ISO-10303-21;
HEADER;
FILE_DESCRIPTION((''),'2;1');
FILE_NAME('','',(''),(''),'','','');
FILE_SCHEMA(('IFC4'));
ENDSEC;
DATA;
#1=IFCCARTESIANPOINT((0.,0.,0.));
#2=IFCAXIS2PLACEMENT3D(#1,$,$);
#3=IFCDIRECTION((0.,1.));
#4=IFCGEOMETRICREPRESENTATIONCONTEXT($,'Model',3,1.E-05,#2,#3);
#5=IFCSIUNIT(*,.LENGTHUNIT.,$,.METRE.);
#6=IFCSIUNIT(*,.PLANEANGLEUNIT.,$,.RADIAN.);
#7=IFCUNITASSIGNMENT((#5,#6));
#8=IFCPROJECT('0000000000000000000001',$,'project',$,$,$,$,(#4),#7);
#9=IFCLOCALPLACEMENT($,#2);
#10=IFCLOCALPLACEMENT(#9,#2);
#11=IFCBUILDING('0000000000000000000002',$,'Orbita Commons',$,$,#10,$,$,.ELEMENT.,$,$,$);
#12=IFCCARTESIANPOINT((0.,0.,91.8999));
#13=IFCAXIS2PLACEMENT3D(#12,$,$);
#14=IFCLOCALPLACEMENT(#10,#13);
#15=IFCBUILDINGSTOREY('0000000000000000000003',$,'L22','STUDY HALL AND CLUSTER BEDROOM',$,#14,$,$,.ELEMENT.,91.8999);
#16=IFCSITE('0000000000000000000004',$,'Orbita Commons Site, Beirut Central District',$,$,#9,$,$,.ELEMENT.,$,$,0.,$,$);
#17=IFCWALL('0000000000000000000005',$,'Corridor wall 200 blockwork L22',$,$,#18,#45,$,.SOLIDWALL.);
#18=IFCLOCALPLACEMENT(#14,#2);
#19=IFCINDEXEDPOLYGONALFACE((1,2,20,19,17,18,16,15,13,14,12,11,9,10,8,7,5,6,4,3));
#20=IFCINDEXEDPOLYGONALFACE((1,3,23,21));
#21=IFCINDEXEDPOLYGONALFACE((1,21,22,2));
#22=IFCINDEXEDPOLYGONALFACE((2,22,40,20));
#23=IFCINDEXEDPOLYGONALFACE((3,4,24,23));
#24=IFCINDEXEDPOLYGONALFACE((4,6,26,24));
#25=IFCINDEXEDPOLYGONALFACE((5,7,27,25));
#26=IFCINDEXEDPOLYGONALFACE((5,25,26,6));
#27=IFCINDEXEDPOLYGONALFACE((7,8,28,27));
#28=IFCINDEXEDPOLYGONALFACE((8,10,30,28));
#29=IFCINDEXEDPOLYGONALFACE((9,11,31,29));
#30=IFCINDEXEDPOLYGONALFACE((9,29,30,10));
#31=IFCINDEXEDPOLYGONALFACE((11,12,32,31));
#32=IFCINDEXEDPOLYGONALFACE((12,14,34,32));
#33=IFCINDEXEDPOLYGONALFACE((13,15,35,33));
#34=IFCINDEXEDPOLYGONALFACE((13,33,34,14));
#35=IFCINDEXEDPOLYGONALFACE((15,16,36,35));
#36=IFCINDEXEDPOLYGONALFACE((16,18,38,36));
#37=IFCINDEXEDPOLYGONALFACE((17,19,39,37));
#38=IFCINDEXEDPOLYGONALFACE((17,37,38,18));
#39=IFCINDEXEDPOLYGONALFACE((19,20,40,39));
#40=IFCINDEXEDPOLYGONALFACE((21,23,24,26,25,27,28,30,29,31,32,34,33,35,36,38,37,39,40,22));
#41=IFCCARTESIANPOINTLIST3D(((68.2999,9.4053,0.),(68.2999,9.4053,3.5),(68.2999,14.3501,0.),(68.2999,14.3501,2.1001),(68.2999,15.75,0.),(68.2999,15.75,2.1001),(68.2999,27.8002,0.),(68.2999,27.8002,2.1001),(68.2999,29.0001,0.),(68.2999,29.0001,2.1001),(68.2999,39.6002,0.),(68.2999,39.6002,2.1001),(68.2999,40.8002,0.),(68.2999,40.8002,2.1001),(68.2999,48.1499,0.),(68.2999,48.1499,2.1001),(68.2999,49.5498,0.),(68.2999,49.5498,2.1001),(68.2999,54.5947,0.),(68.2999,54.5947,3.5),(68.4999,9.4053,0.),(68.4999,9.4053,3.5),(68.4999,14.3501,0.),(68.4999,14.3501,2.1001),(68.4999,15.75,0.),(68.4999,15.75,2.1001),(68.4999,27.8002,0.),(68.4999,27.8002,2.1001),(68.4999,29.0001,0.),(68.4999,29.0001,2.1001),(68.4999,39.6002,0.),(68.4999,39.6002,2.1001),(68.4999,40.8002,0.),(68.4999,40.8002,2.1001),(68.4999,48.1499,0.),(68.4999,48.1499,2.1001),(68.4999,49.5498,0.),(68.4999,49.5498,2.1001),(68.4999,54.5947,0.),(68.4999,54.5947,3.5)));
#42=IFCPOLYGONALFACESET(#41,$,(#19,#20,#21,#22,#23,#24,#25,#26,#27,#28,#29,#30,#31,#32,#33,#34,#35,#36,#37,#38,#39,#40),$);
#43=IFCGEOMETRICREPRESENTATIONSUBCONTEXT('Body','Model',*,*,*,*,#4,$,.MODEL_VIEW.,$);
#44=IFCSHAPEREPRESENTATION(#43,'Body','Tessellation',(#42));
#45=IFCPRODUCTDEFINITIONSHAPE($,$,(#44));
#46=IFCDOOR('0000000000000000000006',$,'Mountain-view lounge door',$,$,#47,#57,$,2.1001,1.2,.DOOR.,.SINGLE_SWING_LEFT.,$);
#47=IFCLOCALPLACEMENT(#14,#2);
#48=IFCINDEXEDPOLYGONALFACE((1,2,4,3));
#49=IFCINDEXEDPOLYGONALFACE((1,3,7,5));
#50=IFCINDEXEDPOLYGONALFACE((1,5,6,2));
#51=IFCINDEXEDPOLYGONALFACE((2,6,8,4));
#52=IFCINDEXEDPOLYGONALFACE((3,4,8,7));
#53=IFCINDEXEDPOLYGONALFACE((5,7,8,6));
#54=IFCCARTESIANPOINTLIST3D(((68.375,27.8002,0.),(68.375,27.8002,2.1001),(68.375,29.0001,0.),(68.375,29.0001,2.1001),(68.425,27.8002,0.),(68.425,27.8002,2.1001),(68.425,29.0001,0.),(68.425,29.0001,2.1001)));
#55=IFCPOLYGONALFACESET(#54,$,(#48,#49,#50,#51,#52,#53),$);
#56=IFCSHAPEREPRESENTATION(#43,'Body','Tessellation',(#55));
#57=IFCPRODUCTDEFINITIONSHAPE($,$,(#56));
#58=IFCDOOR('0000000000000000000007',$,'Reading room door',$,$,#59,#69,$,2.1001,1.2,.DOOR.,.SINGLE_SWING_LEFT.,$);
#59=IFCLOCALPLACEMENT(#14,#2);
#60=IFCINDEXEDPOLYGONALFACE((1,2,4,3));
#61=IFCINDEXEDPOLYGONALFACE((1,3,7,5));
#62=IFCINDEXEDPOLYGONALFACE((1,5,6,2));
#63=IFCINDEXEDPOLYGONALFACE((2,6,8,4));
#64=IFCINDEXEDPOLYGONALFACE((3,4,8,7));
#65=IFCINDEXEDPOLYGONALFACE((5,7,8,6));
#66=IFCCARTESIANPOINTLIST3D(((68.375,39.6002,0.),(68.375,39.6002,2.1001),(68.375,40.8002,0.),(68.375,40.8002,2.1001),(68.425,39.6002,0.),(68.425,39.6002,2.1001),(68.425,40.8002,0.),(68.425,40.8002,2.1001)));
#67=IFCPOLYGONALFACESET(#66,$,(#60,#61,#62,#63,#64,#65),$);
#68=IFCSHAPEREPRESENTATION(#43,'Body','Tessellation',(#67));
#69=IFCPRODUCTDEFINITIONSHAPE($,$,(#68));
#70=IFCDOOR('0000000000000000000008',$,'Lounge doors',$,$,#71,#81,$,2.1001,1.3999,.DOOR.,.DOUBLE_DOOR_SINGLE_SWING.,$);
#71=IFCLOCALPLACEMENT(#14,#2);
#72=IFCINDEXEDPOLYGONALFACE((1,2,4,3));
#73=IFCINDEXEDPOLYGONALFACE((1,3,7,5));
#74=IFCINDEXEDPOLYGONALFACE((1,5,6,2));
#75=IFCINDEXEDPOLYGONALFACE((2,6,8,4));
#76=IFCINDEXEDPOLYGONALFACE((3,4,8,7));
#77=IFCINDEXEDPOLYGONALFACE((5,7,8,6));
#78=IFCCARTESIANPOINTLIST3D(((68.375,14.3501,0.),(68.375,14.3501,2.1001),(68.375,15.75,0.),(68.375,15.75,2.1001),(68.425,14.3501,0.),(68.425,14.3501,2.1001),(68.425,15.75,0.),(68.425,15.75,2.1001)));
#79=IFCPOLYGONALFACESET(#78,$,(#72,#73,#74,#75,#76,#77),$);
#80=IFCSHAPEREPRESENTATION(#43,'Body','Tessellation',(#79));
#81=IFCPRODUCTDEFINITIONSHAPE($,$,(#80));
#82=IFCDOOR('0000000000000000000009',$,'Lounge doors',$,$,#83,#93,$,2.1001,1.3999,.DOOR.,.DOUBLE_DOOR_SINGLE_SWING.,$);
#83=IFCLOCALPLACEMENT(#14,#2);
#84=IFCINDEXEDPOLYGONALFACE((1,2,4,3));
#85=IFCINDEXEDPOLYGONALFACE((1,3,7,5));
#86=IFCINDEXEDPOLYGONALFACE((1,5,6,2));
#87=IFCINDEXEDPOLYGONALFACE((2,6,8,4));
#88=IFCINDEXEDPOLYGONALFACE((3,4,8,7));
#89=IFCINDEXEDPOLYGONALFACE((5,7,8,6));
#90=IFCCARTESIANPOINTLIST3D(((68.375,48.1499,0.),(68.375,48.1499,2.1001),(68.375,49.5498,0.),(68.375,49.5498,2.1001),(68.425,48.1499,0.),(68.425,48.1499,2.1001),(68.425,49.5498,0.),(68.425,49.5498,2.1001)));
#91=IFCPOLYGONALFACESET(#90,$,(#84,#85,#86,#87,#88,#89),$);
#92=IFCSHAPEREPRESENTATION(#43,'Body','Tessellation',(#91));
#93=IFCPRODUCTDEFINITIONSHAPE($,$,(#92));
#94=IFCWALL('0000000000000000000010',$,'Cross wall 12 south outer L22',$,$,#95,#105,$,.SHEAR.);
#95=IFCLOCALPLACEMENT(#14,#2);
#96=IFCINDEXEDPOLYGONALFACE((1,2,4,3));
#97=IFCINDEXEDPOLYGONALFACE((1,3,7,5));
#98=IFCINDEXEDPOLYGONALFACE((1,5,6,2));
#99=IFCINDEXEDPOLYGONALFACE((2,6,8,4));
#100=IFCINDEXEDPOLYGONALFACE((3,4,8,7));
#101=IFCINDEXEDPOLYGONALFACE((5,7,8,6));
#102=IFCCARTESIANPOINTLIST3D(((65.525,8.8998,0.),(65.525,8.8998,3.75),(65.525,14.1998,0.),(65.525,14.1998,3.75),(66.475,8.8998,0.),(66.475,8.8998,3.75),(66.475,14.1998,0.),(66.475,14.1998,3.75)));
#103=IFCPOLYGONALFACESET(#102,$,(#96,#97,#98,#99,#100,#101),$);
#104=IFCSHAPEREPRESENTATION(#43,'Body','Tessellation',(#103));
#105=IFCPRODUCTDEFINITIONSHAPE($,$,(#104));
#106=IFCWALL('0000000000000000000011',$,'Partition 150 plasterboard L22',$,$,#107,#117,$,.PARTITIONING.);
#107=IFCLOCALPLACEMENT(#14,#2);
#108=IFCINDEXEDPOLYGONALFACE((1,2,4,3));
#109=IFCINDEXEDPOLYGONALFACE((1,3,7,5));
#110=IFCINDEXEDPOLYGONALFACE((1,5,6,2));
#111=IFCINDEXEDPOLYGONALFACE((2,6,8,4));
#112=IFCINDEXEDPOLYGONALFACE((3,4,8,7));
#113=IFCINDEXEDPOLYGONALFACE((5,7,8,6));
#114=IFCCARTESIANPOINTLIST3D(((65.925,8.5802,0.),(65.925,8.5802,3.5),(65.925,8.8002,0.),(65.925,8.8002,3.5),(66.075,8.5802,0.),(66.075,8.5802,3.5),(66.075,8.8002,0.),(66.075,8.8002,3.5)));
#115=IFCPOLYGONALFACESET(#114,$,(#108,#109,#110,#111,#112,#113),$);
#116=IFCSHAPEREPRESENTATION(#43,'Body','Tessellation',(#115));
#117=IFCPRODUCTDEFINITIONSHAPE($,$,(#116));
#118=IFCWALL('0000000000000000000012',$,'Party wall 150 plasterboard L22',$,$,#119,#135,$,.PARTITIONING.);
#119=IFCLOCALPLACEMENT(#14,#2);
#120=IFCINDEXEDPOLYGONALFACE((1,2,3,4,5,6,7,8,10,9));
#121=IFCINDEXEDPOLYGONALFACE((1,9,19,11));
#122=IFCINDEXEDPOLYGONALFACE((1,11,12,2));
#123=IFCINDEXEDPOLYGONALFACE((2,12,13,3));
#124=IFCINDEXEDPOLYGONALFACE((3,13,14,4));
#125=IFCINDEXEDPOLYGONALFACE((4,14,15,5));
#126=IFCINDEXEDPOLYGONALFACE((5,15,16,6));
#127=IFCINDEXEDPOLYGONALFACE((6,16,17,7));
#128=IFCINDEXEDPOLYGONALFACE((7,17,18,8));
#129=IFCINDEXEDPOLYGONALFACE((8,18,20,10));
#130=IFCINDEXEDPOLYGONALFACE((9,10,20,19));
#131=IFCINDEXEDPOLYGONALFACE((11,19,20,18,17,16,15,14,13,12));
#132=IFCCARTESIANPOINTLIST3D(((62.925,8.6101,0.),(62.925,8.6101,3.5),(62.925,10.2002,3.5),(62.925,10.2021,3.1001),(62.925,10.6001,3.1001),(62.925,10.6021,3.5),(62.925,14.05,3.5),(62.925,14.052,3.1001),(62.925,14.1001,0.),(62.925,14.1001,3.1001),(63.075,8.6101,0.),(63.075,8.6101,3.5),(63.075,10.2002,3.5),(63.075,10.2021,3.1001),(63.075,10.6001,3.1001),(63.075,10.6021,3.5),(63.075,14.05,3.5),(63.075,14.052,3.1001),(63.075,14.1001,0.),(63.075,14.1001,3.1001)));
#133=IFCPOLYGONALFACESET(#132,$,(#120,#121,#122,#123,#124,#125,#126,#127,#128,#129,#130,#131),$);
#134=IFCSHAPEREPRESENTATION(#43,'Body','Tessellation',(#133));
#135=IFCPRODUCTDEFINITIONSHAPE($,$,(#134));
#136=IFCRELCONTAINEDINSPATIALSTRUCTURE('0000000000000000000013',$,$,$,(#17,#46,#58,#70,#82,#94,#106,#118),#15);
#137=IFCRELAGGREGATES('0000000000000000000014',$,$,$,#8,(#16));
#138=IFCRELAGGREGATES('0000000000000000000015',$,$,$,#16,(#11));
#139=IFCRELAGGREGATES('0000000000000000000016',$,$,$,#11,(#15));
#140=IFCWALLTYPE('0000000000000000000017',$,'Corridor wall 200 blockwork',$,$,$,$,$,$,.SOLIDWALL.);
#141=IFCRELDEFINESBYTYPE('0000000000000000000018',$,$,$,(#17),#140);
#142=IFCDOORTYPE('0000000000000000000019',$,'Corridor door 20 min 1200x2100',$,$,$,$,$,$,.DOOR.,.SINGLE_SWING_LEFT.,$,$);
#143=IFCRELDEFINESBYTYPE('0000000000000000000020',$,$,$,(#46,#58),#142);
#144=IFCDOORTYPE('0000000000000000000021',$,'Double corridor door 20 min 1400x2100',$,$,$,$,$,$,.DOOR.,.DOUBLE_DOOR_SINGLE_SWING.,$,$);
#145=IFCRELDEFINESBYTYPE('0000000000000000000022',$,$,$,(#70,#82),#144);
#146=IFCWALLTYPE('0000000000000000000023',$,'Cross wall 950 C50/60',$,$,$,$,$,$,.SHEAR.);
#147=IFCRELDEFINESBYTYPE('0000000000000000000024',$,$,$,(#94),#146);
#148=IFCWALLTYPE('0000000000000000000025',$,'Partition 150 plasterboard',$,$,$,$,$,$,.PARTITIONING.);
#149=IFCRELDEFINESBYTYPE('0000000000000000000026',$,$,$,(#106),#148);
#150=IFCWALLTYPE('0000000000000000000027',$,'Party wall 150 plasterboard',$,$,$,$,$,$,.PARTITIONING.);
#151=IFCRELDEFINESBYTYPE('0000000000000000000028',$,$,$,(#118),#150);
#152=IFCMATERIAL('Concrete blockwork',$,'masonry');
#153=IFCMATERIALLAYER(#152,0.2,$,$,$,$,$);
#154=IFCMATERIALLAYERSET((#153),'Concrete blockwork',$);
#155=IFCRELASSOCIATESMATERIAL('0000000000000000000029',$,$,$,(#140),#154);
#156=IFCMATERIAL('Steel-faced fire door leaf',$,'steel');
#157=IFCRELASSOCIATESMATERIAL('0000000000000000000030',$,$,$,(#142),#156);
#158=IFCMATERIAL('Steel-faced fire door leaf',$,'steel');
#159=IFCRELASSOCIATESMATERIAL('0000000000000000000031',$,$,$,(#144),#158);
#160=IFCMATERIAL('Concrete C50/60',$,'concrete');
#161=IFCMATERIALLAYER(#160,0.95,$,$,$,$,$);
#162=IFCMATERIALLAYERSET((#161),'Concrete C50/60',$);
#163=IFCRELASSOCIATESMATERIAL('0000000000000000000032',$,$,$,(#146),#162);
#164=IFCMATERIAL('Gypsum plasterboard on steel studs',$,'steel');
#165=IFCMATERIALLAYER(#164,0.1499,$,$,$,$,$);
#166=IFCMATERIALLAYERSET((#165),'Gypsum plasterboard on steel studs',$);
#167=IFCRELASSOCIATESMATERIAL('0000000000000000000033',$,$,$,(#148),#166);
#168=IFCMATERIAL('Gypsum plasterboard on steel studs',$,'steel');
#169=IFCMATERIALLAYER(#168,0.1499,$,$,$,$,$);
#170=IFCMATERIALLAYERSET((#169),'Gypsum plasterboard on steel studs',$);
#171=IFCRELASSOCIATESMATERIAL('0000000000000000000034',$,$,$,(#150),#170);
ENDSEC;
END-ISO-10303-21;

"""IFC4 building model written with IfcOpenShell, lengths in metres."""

from ifc_helpers import new_model, si_unit, direction, frame, frame_2d, origin, place, context, subcontext, project, spatial, polyline, rectangle, outline, extrude, material, layer, layer_set, type_object, element, fill, save


model = new_model("IFC4")

# Units and contexts
model_context = context("Model", 3, precision=1e-05, world=origin(), true_north=direction((0.0, 1.0)))
body_context = subcontext(model_context, "Body", "Model", "MODEL_VIEW")
ifc_project = project(units=[si_unit("LENGTHUNIT", "METRE"), si_unit("PLANEANGLEUNIT", "RADIAN")], contexts=[model_context])

# Site, building, storey
site_placement = place(None, origin())
site = spatial("IfcSite", under=ifc_project, at=site_placement, Name="Orbita Commons Site, Beirut Central District", CompositionType="ELEMENT", RefElevation=0.0)
building_placement = place(site_placement, origin())
building = spatial("IfcBuilding", under=site, at=building_placement, Name="Orbita Commons", CompositionType="ELEMENT")
storey_placement = place(building_placement, frame((0.0, 0.0, 91.8999)))
storey = spatial("IfcBuildingStorey", under=building, at=storey_placement, Name="L22", Description="STUDY HALL AND CLUSTER BEDROOM", CompositionType="ELEMENT", Elevation=91.8999)

# Wall, openings, doors
ifc_material_1 = material(Name="Concrete blockwork", Category="masonry")
ifc_layer_1 = layer(ifc_material_1, 0.2)
ifc_layer_set_1 = layer_set([ifc_layer_1], Name="Concrete blockwork")
wall_type_1 = type_object("IfcWallType", Name="Corridor wall 200 blockwork", PredefinedType="SOLIDWALL", material=ifc_layer_set_1)
wall_1_placement = place(storey_placement, frame((68.3999, 9.4053, 0.0), z_axis=(0.0, 0.0, 1.0), x_axis=(0.0, 1.0, 0.0)))
wall_1 = element("IfcWall", 1, at=wall_1_placement, inside=storey, type_object=wall_type_1, Name="Corridor wall 200 blockwork L22", PredefinedType="SOLIDWALL", context=body_context, shape_type="SweptSolid", body=[
    extrude(rectangle(XDim=45.1895, YDim=0.2, at=frame_2d((22.5947, 0.0))), origin(), (0.0, 0.0, 1.0), 3.5),
])
opening_1_placement = place(wall_1_placement, frame((18.3948, 0.0, 0.0)))
opening_1 = element("IfcOpeningElement", 2, at=opening_1_placement, cuts=wall_1, PredefinedType="OPENING", context=body_context, shape_type="SweptSolid", body=[
    extrude(rectangle(XDim=1.2, YDim=2.1001, at=frame_2d((0.6001, 1.05))), frame((0.0, 0.1099, 0.0), z_axis=(0.0, -1.0, 0.0), x_axis=(1.0, 0.0, 0.0)), (0.0, 0.0, 1.0), 0.22),
])
opening_2_placement = place(wall_1_placement, frame((30.1948, 0.0, 0.0)))
opening_2 = element("IfcOpeningElement", 3, at=opening_2_placement, cuts=wall_1, PredefinedType="OPENING", context=body_context, shape_type="SweptSolid", body=[
    extrude(rectangle(XDim=1.2, YDim=2.1001, at=frame_2d((0.6001, 1.05))), frame((0.0, 0.1099, 0.0), z_axis=(0.0, -1.0, 0.0), x_axis=(1.0, 0.0, 0.0)), (0.0, 0.0, 1.0), 0.22),
])
opening_3_placement = place(wall_1_placement, frame((4.9448, 0.0, 0.0)))
opening_3 = element("IfcOpeningElement", 4, at=opening_3_placement, cuts=wall_1, PredefinedType="OPENING", context=body_context, shape_type="SweptSolid", body=[
    extrude(rectangle(XDim=1.3999, YDim=2.1001, at=frame_2d((0.7, 1.05))), frame((0.0, 0.1099, 0.0), z_axis=(0.0, -1.0, 0.0), x_axis=(1.0, 0.0, 0.0)), (0.0, 0.0, 1.0), 0.22),
])
opening_4_placement = place(wall_1_placement, frame((38.7446, 0.0, 0.0)))
opening_4 = element("IfcOpeningElement", 5, at=opening_4_placement, cuts=wall_1, PredefinedType="OPENING", context=body_context, shape_type="SweptSolid", body=[
    extrude(rectangle(XDim=1.3999, YDim=2.1001, at=frame_2d((0.7, 1.05))), frame((0.0, 0.1099, 0.0), z_axis=(0.0, -1.0, 0.0), x_axis=(1.0, 0.0, 0.0)), (0.0, 0.0, 1.0), 0.22),
])
ifc_material_2 = material(Name="Steel-faced fire door leaf", Category="steel")
door_type_1 = type_object("IfcDoorType", Name="Corridor door 20 min 1200x2100", OperationType="SINGLE_SWING_LEFT", PredefinedType="DOOR", material=ifc_material_2)
door_1_placement = place(opening_1_placement, origin())
door_1 = element("IfcDoor", 6, at=door_1_placement, inside=storey, type_object=door_type_1, Name="Mountain-view lounge door", OperationType="SINGLE_SWING_LEFT", OverallHeight=2.1001, OverallWidth=1.2, PredefinedType="DOOR", context=body_context, shape_type="SweptSolid", body=[
    extrude(rectangle(XDim=1.2, YDim=2.1001, at=frame_2d((0.6001, 1.05))), frame((0.0, 0.0249, 0.0), z_axis=(0.0, -1.0, 0.0), x_axis=(1.0, 0.0, 0.0)), (0.0, 0.0, 1.0), 0.05),
])
fill(opening_1, door_1)
door_2_placement = place(opening_2_placement, origin())
door_2 = element("IfcDoor", 7, at=door_2_placement, inside=storey, type_object=door_type_1, Name="Reading room door", OperationType="SINGLE_SWING_LEFT", OverallHeight=2.1001, OverallWidth=1.2, PredefinedType="DOOR", context=body_context, shape_type="SweptSolid", body=[
    extrude(rectangle(XDim=1.2, YDim=2.1001, at=frame_2d((0.6001, 1.05))), frame((0.0, 0.0249, 0.0), z_axis=(0.0, -1.0, 0.0), x_axis=(1.0, 0.0, 0.0)), (0.0, 0.0, 1.0), 0.05),
])
fill(opening_2, door_2)
ifc_material_3 = material(Name="Steel-faced fire door leaf", Category="steel")
door_type_2 = type_object("IfcDoorType", Name="Double corridor door 20 min 1400x2100", OperationType="DOUBLE_DOOR_SINGLE_SWING", PredefinedType="DOOR", material=ifc_material_3)
door_3_placement = place(opening_3_placement, origin())
door_3 = element("IfcDoor", 8, at=door_3_placement, inside=storey, type_object=door_type_2, Name="Lounge doors", OperationType="DOUBLE_DOOR_SINGLE_SWING", OverallHeight=2.1001, OverallWidth=1.3999, PredefinedType="DOOR", context=body_context, shape_type="SweptSolid", body=[
    extrude(rectangle(XDim=1.3999, YDim=2.1001, at=frame_2d((0.7, 1.05))), frame((0.0, 0.0249, 0.0), z_axis=(0.0, -1.0, 0.0), x_axis=(1.0, 0.0, 0.0)), (0.0, 0.0, 1.0), 0.05),
])
fill(opening_3, door_3)
door_4_placement = place(opening_4_placement, origin())
door_4 = element("IfcDoor", 9, at=door_4_placement, inside=storey, type_object=door_type_2, Name="Lounge doors", OperationType="DOUBLE_DOOR_SINGLE_SWING", OverallHeight=2.1001, OverallWidth=1.3999, PredefinedType="DOOR", context=body_context, shape_type="SweptSolid", body=[
    extrude(rectangle(XDim=1.3999, YDim=2.1001, at=frame_2d((0.7, 1.05))), frame((0.0, 0.0249, 0.0), z_axis=(0.0, -1.0, 0.0), x_axis=(1.0, 0.0, 0.0)), (0.0, 0.0, 1.0), 0.05),
])
fill(opening_4, door_4)

# Walls
ifc_material_4 = material(Name="Concrete C50/60", Category="concrete")
ifc_layer_2 = layer(ifc_material_4, 0.95)
ifc_layer_set_2 = layer_set([ifc_layer_2], Name="Concrete C50/60")
wall_type_2 = type_object("IfcWallType", Name="Cross wall 950 C50/60", PredefinedType="SHEAR", material=ifc_layer_set_2)
wall_2_placement = place(storey_placement, frame((66.0, 8.8999, 0.0), z_axis=(0.0, 0.0, 1.0), x_axis=(0.0, 1.0, 0.0)))
element("IfcWall", 10, at=wall_2_placement, inside=storey, type_object=wall_type_2, Name="Cross wall 12 south outer L22", PredefinedType="SHEAR", context=body_context, shape_type="SweptSolid", body=[
    extrude(rectangle(XDim=5.3, YDim=0.95, at=frame_2d((2.6499, 0.0))), origin(), (0.0, 0.0, 1.0), 3.75),
])
ifc_material_5 = material(Name="Gypsum plasterboard on steel studs", Category="steel")
ifc_layer_3 = layer(ifc_material_5, 0.1499)
ifc_layer_set_3 = layer_set([ifc_layer_3], Name="Gypsum plasterboard on steel studs")
wall_type_3 = type_object("IfcWallType", Name="Partition 150 plasterboard", PredefinedType="PARTITIONING", material=ifc_layer_set_3)
wall_3_placement = place(storey_placement, frame((66.0, 8.8, 0.0), z_axis=(0.0, 0.0, 1.0), x_axis=(0.0, -1.0, 0.0)))
element("IfcWall", 11, at=wall_3_placement, inside=storey, type_object=wall_type_3, Name="Partition 150 plasterboard L22", PredefinedType="PARTITIONING", context=body_context, shape_type="SweptSolid", body=[
    extrude(rectangle(XDim=0.22, YDim=0.1499, at=frame_2d((0.1099, 0.0))), origin(), (0.0, 0.0, 1.0), 3.5),
])
ifc_material_6 = material(Name="Gypsum plasterboard on steel studs", Category="steel")
ifc_layer_4 = layer(ifc_material_6, 0.1499)
ifc_layer_set_4 = layer_set([ifc_layer_4], Name="Gypsum plasterboard on steel studs")
wall_type_4 = type_object("IfcWallType", Name="Party wall 150 plasterboard", PredefinedType="PARTITIONING", material=ifc_layer_set_4)
wall_4_placement = place(storey_placement, frame((63.0, 8.6101, 0.0), z_axis=(0.0, 0.0, 1.0), x_axis=(0.0, 1.0, 0.0)))
element("IfcWall", 12, at=wall_4_placement, inside=storey, type_object=wall_type_4, Name="Party wall 150 plasterboard L22", PredefinedType="PARTITIONING", context=body_context, shape_type="SweptSolid", body=[
    extrude(outline(polyline([(0.0, 0.0), (5.49, 0.0), (5.49, 3.1001), (5.4419, 3.1001), (5.4399, 3.5), (1.9919, 3.5), (1.99, 3.1001), (1.592, 3.1001), (1.5901, 3.5), (0.0, 3.5), (0.0, 0.0)])), frame((0.0, 0.075, 0.0), z_axis=(0.0, -1.0, 0.0), x_axis=(1.0, 0.0, 0.0)), (0.0, 0.0, 1.0), 0.1499),
])

save(model, "model.ifc")
